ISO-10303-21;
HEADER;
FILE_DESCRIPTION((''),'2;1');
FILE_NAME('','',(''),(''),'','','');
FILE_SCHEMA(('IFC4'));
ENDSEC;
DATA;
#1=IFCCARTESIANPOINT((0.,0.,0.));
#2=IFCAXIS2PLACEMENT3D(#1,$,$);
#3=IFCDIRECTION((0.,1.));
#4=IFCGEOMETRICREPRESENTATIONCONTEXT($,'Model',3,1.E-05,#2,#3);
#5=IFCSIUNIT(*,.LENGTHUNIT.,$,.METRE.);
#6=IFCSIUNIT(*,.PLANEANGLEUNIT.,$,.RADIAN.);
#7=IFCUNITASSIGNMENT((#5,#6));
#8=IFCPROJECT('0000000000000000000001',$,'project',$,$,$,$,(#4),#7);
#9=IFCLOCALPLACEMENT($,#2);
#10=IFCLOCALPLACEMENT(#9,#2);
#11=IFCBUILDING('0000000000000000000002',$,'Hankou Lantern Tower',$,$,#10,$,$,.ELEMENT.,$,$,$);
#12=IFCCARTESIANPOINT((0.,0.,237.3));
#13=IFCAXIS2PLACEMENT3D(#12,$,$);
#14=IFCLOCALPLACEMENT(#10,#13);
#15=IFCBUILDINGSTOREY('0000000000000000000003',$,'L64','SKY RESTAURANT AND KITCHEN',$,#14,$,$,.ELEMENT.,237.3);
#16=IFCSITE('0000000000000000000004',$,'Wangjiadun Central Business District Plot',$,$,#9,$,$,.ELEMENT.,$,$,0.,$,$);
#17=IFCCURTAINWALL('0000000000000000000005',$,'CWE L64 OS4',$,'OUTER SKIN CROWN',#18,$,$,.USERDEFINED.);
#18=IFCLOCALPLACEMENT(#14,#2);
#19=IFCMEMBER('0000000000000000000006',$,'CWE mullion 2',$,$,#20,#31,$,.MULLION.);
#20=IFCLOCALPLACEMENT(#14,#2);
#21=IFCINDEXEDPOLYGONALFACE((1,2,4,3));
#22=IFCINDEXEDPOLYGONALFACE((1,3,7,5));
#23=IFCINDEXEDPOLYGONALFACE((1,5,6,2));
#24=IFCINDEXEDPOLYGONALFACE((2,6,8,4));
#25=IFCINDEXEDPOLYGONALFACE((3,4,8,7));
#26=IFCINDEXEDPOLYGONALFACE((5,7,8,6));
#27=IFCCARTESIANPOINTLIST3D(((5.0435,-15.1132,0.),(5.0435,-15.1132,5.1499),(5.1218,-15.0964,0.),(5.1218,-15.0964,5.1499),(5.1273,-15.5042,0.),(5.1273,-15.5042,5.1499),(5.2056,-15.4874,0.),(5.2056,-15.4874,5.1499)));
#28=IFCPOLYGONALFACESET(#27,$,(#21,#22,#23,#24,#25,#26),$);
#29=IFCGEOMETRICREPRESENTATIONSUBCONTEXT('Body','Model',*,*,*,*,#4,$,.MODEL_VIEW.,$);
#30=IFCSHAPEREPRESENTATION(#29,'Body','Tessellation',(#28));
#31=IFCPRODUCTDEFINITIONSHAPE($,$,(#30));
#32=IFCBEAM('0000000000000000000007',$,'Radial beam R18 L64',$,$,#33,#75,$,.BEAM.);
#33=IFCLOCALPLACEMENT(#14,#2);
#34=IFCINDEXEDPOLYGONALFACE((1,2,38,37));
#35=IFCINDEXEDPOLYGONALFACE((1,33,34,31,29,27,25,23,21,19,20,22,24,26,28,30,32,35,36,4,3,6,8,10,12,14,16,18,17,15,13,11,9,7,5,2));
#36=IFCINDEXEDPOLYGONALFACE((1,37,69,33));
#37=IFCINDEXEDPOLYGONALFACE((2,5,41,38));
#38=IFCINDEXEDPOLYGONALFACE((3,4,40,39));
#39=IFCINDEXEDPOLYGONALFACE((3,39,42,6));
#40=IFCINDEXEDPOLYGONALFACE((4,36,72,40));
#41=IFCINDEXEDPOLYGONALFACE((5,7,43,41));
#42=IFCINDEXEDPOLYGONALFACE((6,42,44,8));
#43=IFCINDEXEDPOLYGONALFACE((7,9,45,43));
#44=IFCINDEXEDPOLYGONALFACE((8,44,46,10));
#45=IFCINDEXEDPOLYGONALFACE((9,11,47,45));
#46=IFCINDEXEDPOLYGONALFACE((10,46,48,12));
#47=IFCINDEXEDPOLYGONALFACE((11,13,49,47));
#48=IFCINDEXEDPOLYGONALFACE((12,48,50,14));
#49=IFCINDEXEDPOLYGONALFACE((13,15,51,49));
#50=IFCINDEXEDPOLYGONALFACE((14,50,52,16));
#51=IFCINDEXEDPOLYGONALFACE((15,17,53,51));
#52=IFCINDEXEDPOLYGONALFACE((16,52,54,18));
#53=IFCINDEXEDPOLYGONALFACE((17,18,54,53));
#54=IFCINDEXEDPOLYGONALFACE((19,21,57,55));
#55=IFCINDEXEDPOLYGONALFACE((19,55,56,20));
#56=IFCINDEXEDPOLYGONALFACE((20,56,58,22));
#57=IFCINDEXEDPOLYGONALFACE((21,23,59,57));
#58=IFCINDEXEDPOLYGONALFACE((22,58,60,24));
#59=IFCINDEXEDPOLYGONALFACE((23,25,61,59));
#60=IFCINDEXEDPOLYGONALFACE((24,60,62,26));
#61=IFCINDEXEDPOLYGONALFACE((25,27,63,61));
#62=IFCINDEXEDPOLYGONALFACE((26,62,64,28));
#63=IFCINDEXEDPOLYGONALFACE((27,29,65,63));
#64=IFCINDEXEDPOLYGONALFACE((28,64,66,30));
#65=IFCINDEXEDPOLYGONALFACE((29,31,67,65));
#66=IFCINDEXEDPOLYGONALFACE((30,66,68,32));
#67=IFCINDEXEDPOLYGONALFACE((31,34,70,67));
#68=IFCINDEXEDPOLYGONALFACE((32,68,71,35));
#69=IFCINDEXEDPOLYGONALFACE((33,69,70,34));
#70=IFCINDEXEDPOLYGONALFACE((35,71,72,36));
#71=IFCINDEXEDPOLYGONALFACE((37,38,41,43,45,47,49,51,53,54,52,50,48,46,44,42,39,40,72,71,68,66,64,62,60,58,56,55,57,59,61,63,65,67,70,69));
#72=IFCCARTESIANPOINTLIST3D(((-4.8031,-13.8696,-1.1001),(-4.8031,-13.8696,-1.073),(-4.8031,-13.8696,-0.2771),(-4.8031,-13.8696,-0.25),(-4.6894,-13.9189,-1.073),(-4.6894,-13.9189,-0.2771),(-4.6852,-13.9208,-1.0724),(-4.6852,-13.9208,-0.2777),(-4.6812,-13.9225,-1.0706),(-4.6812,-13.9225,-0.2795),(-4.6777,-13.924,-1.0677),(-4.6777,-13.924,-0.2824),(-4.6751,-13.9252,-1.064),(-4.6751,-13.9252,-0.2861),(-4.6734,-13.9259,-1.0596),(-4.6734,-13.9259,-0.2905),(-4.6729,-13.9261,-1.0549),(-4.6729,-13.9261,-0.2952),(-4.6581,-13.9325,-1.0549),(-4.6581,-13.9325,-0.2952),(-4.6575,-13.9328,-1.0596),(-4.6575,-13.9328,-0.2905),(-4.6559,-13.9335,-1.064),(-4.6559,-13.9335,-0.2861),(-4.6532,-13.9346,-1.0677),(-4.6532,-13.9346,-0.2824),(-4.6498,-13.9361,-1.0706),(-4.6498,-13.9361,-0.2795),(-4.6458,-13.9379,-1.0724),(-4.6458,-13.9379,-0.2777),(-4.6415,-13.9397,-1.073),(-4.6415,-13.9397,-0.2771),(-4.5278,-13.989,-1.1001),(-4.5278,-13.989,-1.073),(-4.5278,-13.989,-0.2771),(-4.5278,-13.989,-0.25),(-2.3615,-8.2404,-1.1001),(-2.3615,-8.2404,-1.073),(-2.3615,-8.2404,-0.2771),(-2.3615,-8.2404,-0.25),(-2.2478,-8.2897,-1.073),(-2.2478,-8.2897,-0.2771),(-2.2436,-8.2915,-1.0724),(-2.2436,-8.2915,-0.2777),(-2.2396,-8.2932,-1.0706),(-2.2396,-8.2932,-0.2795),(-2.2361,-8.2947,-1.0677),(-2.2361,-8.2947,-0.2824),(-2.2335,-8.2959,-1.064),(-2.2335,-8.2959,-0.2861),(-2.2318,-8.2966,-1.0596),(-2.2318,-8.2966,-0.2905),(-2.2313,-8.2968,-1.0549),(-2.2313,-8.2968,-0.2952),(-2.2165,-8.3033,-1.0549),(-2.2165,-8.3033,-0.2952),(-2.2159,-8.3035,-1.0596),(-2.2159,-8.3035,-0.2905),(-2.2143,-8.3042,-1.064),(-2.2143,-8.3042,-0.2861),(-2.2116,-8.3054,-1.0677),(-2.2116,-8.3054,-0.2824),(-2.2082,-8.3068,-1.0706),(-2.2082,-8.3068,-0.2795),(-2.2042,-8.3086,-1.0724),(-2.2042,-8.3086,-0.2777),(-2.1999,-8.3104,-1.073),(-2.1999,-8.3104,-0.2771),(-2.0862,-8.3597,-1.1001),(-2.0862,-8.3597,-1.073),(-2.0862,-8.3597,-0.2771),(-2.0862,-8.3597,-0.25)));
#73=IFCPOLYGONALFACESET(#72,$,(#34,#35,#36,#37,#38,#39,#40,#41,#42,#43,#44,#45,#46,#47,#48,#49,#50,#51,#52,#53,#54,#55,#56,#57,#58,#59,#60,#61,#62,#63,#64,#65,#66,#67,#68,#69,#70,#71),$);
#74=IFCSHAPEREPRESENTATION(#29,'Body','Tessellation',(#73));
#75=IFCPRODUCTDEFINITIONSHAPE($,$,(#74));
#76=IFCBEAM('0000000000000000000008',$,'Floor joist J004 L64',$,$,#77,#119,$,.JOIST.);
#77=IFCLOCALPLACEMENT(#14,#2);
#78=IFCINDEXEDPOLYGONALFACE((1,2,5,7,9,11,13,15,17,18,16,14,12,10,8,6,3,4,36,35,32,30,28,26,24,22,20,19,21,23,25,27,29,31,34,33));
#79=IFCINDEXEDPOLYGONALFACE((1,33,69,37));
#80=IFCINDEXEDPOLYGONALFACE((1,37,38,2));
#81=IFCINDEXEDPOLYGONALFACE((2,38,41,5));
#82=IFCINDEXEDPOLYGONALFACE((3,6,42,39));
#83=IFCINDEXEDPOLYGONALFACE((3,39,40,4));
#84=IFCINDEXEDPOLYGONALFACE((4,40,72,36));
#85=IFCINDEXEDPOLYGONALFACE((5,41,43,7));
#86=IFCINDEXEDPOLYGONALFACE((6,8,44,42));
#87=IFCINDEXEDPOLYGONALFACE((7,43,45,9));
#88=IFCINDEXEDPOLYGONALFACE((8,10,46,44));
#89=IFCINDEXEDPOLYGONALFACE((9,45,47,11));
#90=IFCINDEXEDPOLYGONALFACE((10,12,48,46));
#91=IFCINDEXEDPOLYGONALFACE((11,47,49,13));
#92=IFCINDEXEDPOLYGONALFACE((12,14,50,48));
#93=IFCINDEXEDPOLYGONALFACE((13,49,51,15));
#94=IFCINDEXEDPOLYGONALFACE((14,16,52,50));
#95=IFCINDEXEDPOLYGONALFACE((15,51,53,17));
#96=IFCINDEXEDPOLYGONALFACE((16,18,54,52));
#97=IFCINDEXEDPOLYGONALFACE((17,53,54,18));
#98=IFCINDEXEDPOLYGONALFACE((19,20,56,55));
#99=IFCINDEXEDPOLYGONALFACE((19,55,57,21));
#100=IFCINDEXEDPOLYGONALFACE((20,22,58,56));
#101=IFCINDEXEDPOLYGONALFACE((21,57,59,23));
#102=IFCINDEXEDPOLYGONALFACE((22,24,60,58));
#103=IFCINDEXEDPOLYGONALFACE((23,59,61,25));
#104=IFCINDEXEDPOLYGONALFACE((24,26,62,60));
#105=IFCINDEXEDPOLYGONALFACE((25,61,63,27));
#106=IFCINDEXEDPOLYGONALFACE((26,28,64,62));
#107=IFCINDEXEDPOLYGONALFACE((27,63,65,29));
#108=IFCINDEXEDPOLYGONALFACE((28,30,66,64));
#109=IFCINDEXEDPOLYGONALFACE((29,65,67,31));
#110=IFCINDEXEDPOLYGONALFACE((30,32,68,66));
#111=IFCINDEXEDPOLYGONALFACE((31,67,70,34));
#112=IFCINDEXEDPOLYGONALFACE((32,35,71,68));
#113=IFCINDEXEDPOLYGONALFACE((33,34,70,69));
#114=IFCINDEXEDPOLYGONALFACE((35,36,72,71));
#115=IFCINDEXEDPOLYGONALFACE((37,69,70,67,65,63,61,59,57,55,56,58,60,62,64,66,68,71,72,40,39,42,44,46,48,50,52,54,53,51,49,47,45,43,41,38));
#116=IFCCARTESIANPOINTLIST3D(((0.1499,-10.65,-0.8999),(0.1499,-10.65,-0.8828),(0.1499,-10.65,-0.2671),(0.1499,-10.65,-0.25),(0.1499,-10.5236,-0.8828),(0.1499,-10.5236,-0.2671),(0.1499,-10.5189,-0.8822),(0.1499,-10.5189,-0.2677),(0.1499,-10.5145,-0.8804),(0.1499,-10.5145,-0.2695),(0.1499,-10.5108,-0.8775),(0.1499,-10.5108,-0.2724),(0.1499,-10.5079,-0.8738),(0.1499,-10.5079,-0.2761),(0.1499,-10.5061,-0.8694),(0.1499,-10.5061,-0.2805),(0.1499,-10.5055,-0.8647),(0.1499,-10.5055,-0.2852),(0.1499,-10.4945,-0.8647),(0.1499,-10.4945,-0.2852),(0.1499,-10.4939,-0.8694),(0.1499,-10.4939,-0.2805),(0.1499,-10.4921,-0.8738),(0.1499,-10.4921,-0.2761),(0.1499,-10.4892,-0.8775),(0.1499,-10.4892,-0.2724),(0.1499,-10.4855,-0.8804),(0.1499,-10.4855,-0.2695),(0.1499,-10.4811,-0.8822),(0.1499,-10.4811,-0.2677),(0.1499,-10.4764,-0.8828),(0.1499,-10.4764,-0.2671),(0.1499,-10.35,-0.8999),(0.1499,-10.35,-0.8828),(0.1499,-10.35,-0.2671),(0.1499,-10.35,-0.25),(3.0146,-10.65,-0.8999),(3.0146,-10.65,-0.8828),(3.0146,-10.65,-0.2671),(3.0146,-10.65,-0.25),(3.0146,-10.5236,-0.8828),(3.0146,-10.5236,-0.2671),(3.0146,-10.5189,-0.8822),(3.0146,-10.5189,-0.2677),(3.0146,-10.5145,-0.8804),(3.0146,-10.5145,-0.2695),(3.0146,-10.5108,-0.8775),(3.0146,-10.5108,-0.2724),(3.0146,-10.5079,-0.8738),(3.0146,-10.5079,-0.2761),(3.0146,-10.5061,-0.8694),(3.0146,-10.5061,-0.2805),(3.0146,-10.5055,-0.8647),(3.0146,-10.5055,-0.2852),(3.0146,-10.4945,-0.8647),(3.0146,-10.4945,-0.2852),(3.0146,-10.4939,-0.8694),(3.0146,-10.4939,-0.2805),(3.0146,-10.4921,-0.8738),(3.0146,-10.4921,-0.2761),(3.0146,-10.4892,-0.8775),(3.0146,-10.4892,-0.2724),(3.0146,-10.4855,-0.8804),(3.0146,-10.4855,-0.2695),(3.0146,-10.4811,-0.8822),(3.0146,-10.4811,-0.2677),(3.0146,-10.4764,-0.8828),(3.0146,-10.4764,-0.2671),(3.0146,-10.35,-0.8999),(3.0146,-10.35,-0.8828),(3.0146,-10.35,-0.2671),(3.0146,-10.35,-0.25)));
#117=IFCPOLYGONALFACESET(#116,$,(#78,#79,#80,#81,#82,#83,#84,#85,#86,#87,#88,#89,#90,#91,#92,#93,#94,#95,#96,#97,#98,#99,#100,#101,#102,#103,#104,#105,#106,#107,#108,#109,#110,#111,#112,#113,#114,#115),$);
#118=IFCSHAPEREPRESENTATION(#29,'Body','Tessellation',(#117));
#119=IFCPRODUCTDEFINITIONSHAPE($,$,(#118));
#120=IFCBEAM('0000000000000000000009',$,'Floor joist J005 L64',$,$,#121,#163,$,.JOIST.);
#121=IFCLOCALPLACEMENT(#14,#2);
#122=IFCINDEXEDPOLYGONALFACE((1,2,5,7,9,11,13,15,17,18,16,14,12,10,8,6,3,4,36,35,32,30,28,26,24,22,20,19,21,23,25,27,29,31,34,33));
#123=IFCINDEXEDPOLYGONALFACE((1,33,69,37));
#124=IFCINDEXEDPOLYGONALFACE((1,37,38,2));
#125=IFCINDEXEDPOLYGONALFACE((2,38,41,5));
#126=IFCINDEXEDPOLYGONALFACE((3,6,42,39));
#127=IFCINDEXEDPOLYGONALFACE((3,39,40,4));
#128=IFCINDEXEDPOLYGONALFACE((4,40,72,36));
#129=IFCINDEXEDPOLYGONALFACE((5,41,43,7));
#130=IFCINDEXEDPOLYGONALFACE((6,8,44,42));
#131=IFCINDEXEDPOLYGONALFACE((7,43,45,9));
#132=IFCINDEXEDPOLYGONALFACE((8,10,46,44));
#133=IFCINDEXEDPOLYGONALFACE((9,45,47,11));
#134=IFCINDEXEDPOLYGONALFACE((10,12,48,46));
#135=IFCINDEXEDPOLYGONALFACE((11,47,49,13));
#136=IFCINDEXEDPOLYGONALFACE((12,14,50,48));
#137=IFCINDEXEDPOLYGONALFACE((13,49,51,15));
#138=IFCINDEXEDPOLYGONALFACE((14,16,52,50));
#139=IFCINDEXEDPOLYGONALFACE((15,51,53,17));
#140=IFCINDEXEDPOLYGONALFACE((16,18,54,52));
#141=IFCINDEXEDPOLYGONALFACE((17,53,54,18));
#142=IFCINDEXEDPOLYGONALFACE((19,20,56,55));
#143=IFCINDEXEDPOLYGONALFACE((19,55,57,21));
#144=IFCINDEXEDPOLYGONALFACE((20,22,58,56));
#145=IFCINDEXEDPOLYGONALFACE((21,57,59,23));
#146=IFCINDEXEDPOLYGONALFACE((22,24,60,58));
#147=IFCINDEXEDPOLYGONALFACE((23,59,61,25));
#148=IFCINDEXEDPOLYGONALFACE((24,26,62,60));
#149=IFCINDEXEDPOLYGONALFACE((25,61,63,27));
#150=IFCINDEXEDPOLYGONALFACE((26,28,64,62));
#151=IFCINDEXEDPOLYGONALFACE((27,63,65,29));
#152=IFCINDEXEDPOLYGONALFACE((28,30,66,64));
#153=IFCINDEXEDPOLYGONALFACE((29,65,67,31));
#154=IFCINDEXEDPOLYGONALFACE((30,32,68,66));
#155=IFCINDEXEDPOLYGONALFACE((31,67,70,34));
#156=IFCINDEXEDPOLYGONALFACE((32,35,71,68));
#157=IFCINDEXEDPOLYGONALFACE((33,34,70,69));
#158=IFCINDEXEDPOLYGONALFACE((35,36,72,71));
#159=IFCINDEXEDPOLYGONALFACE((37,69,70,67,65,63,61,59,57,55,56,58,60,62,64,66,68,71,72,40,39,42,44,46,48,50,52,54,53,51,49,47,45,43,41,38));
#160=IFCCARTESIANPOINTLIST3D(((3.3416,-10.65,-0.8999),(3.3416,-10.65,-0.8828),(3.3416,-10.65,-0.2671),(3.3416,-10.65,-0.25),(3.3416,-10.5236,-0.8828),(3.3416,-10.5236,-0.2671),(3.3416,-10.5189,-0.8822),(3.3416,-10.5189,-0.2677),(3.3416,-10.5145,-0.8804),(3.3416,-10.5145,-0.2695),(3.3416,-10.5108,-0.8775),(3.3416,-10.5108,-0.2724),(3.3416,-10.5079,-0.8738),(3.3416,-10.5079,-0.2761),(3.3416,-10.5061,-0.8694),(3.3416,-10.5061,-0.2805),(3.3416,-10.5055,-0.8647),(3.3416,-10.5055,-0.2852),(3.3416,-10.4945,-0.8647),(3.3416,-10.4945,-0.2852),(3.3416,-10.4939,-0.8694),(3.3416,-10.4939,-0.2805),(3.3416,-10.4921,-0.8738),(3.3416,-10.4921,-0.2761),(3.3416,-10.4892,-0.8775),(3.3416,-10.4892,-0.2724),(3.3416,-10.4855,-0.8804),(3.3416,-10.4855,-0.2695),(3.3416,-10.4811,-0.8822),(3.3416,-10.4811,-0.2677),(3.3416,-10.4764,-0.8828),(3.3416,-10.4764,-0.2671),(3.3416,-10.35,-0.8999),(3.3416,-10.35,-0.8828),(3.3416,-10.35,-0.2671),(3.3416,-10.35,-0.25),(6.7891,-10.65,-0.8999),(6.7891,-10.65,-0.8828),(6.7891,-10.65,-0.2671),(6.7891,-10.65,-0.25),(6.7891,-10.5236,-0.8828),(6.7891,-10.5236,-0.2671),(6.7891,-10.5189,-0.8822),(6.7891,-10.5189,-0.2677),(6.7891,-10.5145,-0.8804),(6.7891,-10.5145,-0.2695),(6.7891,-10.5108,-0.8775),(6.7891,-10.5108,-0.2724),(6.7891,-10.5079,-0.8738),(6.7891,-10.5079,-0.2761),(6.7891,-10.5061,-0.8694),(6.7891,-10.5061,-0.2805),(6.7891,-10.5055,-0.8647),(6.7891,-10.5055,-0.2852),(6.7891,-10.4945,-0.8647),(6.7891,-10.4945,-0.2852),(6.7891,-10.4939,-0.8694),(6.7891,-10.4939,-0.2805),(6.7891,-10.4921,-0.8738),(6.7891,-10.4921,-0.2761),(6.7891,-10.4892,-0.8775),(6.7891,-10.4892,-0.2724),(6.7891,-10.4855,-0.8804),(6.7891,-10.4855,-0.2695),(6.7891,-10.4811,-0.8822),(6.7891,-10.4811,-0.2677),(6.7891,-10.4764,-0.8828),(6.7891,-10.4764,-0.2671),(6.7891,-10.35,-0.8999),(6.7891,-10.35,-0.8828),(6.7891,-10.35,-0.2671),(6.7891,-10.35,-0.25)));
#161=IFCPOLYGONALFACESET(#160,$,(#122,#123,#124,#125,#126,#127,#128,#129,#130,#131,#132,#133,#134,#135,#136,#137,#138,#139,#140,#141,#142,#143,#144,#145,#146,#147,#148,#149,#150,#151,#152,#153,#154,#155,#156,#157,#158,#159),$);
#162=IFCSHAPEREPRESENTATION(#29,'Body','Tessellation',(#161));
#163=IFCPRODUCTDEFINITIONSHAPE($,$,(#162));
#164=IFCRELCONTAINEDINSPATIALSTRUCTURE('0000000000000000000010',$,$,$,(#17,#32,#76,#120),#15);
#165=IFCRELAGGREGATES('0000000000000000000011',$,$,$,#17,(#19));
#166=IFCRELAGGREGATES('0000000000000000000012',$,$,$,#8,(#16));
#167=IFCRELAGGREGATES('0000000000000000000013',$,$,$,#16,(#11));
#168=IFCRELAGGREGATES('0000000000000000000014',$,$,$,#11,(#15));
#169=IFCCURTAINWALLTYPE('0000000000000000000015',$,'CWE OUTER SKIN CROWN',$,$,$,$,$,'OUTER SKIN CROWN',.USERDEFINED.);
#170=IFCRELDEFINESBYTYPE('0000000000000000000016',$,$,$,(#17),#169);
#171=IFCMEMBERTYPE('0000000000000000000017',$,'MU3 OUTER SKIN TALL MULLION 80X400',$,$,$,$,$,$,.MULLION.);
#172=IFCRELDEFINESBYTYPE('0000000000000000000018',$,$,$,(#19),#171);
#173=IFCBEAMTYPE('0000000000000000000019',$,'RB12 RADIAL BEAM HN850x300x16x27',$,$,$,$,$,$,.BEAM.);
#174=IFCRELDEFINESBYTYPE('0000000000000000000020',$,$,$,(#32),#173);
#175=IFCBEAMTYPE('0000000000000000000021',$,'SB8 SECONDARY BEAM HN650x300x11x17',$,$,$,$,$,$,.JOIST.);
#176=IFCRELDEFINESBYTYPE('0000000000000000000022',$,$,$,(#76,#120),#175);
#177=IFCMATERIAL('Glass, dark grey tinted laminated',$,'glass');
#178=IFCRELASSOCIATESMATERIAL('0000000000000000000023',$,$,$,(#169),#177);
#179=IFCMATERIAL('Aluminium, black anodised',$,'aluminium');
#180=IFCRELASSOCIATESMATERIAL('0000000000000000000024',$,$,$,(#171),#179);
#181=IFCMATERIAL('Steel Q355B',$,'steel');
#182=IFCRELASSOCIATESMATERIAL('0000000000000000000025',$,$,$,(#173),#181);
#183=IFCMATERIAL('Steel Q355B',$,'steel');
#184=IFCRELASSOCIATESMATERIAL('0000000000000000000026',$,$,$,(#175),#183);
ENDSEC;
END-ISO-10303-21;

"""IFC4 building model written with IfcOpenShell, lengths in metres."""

from ifc_helpers import new_model, si_unit, direction, frame, origin, origin_2d, place, context, subcontext, project, spatial, rectangle, i_section, extrude, material, material_profile, profile_set, type_object, element, aggregate, save


model = new_model("IFC4")

# Units and contexts
model_context = context("Model", 3, precision=1e-05, world=origin(), true_north=direction((0.0, 1.0)))
body_context = subcontext(model_context, "Body", "Model", "MODEL_VIEW")
ifc_project = project(units=[si_unit("LENGTHUNIT", "METRE"), si_unit("PLANEANGLEUNIT", "RADIAN")], contexts=[model_context])

# Site, building, storey
site_placement = place(None, origin())
site = spatial("IfcSite", under=ifc_project, at=site_placement, Name="Wangjiadun Central Business District Plot", CompositionType="ELEMENT", RefElevation=0.0)
building_placement = place(site_placement, origin())
building = spatial("IfcBuilding", under=site, at=building_placement, Name="Hankou Lantern Tower", CompositionType="ELEMENT")
storey_placement = place(building_placement, frame((0.0, 0.0, 237.3)))
storey = spatial("IfcBuildingStorey", under=building, at=storey_placement, Name="L64", Description="SKY RESTAURANT AND KITCHEN", CompositionType="ELEMENT", Elevation=237.3)

# Curtain wall, member
ifc_material_1 = material(Name="Glass, dark grey tinted laminated", Category="glass")
curtain_wall_type = type_object("IfcCurtainWallType", Name="CWE OUTER SKIN CROWN", ElementType="OUTER SKIN CROWN", PredefinedType="USERDEFINED", material=ifc_material_1)
curtain_wall_1_placement = place(storey_placement, origin())
curtain_wall_1 = element("IfcCurtainWall", 1, at=curtain_wall_1_placement, inside=storey, type_object=curtain_wall_type, Name="CWE L64 OS4", ObjectType="OUTER SKIN CROWN", PredefinedType="USERDEFINED")
ifc_material_2 = material(Name="Aluminium, black anodised", Category="aluminium")
ifc_material_profile_1 = material_profile(ifc_material_2, rectangle(XDim=0.0801, YDim=0.3999, at=origin_2d()), Name="MU3 80X400")
ifc_profile_set_1 = profile_set([ifc_material_profile_1], Name="Aluminium, black anodised")
member_type_1 = type_object("IfcMemberType", Name="MU3 OUTER SKIN TALL MULLION 80X400", PredefinedType="MULLION", material=ifc_profile_set_1)
member_1_placement = place(storey_placement, frame((5.1245, -15.3003, 0.0), z_axis=(0.0, 0.0, 1.0), x_axis=(0.977788, 0.209598, 0.0)))
member_1 = element("IfcMember", 2, at=member_1_placement, type_object=member_type_1, Name="CWE mullion 2", PredefinedType="MULLION", context=body_context, shape_type="SweptSolid", body=[
    extrude(rectangle(XDim=0.0801, YDim=0.3999, at=origin_2d()), origin(), (0.0, 0.0, 1.0), 5.1499),
])

# Beams
ifc_material_3 = material(Name="Steel Q355B", Category="steel")
ifc_material_profile_2 = material_profile(ifc_material_3, i_section(OverallWidth=0.3, OverallDepth=0.8501, WebThickness=0.0161, FlangeThickness=0.0271, FilletRadius=0.0181, at=origin_2d()), Name="HN850x300x16x27")
ifc_profile_set_2 = profile_set([ifc_material_profile_2], Name="Steel Q355B")
beam_type_1 = type_object("IfcBeamType", Name="RB12 RADIAL BEAM HN850x300x16x27", PredefinedType="BEAM", material=ifc_profile_set_2)
beam_1_placement = place(storey_placement, frame((-2.2239, -8.3, -0.675), z_axis=(-0.397916, -0.917422, 0.0), x_axis=(0.917422, -0.397916, 0.0)))
element("IfcBeam", 3, at=beam_1_placement, inside=storey, type_object=beam_type_1, Name="Radial beam R18 L64", PredefinedType="BEAM", context=body_context, shape_type="SweptSolid", body=[
    extrude(i_section(OverallWidth=0.3, OverallDepth=0.8501, WebThickness=0.0161, FlangeThickness=0.0271, FilletRadius=0.0181, at=origin_2d()), origin(), (0.0, 0.0, 1.0), 6.136),
])
ifc_material_4 = material(Name="Steel Q355B", Category="steel")
ifc_material_profile_3 = material_profile(ifc_material_4, i_section(OverallWidth=0.3, OverallDepth=0.6499, WebThickness=0.011, FlangeThickness=0.0171, FilletRadius=0.0181, at=origin_2d()), Name="HN650x300x11x17")
ifc_profile_set_3 = profile_set([ifc_material_profile_3], Name="Steel Q355B")
beam_type_2 = type_object("IfcBeamType", Name="SB8 SECONDARY BEAM HN650x300x11x17", PredefinedType="JOIST", material=ifc_profile_set_3)
beam_2_placement = place(storey_placement, frame((0.1499, -10.5, -0.575), z_axis=(1.0, 0.0, 0.0), x_axis=(0.0, 1.0, 0.0)))
element("IfcBeam", 4, at=beam_2_placement, inside=storey, type_object=beam_type_2, Name="Floor joist J004 L64", PredefinedType="JOIST", context=body_context, shape_type="SweptSolid", body=[
    extrude(i_section(OverallWidth=0.3, OverallDepth=0.6499, WebThickness=0.011, FlangeThickness=0.0171, FilletRadius=0.0181, at=origin_2d()), origin(), (0.0, 0.0, 1.0), 2.8647),
])
beam_3_placement = place(storey_placement, frame((3.3416, -10.5, -0.575), z_axis=(1.0, 0.0, 0.0), x_axis=(0.0, 1.0, 0.0)))
element("IfcBeam", 5, at=beam_3_placement, inside=storey, type_object=beam_type_2, Name="Floor joist J005 L64", PredefinedType="JOIST", context=body_context, shape_type="SweptSolid", body=[
    extrude(i_section(OverallWidth=0.3, OverallDepth=0.6499, WebThickness=0.011, FlangeThickness=0.0171, FilletRadius=0.0181, at=origin_2d()), origin(), (0.0, 0.0, 1.0), 3.4475),
])

aggregate(curtain_wall_1, [member_1])

save(model, "model.ifc")
